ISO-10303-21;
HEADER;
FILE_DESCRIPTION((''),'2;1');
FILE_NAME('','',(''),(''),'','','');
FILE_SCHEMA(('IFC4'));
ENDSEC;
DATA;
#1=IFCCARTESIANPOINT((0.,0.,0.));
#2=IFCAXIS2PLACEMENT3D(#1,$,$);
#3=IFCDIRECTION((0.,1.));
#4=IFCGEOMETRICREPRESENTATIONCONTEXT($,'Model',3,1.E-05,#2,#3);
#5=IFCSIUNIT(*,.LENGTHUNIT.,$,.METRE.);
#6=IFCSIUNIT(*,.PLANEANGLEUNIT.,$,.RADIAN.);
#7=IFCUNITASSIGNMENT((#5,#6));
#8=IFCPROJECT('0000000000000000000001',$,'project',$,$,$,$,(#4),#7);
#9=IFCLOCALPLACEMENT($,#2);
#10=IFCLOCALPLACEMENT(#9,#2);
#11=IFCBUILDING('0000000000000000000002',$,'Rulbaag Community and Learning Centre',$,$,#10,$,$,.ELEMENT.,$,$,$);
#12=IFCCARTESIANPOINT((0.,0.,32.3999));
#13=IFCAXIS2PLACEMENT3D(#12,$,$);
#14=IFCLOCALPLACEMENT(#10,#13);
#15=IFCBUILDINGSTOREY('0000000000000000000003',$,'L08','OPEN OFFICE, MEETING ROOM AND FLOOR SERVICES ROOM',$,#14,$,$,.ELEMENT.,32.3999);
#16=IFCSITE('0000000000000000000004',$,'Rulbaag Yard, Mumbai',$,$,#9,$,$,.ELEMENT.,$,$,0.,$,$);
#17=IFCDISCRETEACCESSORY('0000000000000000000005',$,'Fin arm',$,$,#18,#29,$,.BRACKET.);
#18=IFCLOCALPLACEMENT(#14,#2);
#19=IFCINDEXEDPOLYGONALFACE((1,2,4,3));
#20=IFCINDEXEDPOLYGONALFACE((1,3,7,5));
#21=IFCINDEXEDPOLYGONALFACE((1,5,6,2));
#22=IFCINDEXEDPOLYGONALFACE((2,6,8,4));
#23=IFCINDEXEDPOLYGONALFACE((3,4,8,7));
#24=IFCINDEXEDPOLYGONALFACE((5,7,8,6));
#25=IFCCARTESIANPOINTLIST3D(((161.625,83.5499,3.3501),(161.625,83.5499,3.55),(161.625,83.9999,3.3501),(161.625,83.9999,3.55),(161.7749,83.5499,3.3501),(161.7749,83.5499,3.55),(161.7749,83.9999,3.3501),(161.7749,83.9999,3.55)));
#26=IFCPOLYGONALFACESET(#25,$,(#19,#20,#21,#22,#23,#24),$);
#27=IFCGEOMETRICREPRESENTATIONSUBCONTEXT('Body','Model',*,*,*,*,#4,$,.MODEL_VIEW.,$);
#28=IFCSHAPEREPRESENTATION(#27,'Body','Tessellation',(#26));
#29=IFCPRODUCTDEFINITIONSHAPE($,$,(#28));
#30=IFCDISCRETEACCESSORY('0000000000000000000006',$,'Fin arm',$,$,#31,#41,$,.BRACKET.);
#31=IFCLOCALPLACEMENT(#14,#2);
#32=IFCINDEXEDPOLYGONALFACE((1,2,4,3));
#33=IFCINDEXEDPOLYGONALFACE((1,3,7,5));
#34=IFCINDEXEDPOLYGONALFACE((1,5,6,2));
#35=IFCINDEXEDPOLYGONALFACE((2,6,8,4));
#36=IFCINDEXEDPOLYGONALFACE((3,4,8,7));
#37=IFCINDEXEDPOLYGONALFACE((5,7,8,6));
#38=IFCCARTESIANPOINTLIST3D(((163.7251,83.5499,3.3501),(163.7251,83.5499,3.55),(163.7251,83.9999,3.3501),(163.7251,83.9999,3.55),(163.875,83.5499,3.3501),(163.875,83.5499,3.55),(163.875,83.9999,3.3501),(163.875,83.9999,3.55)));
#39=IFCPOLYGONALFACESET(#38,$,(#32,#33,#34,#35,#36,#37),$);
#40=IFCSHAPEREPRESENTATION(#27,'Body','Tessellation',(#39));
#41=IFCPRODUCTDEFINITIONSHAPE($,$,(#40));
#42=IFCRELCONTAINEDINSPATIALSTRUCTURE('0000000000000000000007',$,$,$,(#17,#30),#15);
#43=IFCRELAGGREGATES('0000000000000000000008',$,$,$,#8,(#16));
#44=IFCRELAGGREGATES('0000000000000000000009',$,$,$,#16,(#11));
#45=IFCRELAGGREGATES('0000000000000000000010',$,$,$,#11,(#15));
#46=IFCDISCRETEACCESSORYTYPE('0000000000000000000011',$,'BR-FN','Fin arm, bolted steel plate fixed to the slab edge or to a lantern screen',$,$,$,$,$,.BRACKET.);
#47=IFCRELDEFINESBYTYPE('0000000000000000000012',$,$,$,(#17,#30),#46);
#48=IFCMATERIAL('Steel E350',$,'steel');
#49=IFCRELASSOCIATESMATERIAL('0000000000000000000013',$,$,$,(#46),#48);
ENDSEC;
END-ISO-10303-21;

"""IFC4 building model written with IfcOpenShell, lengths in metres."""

from ifc_helpers import new_model, si_unit, direction, frame, origin, origin_2d, place, context, subcontext, project, spatial, rectangle, extrude, material, type_object, element, save


model = new_model("IFC4")

# Units and contexts
model_context = context("Model", 3, precision=1e-05, world=origin(), true_north=direction((0.0, 1.0)))
body_context = subcontext(model_context, "Body", "Model", "MODEL_VIEW")
ifc_project = project(units=[si_unit("LENGTHUNIT", "METRE"), si_unit("PLANEANGLEUNIT", "RADIAN")], contexts=[model_context])

# Site, building, storey
site_placement = place(None, origin())
site = spatial("IfcSite", under=ifc_project, at=site_placement, Name="Rulbaag Yard, Mumbai", CompositionType="ELEMENT", RefElevation=0.0)
building_placement = place(site_placement, origin())
building = spatial("IfcBuilding", under=site, at=building_placement, Name="Rulbaag Community and Learning Centre", CompositionType="ELEMENT")
storey_placement = place(building_placement, frame((0.0, 0.0, 32.3999)))
storey = spatial("IfcBuildingStorey", under=building, at=storey_placement, Name="L08", Description="OPEN OFFICE, MEETING ROOM AND FLOOR SERVICES ROOM", CompositionType="ELEMENT", Elevation=32.3999)

# Discrete accessories
ifc_material_1 = material(Name="Steel E350", Category="steel")
discrete_accessory_type = type_object("IfcDiscreteAccessoryType", Name="BR-FN", Description="Fin arm, bolted steel plate fixed to the slab edge or to a lantern screen", PredefinedType="BRACKET", material=ifc_material_1)
for number, where, z_axis, x_axis, name in (
    (1, (161.7, 83.7749, 3.3501), (0.0, 0.0, 1.0), (1.0, 0.0, 0.0), "Fin arm"),
    (2, (163.8, 83.7749, 3.3501), (0.0, 0.0, 1.0), (1.0, 0.0, 0.0), "Fin arm"),
):
    element("IfcDiscreteAccessory", number, at=place(storey_placement, frame(where, z_axis=z_axis, x_axis=x_axis)), inside=storey, type_object=discrete_accessory_type, Name=name, PredefinedType="BRACKET", context=body_context, shape_type="SweptSolid", body=[
        extrude(rectangle(XDim=0.1499, YDim=0.45, at=origin_2d()), origin(), (0.0, 0.0, 1.0), 0.2),
    ])

save(model, "model.ifc")
